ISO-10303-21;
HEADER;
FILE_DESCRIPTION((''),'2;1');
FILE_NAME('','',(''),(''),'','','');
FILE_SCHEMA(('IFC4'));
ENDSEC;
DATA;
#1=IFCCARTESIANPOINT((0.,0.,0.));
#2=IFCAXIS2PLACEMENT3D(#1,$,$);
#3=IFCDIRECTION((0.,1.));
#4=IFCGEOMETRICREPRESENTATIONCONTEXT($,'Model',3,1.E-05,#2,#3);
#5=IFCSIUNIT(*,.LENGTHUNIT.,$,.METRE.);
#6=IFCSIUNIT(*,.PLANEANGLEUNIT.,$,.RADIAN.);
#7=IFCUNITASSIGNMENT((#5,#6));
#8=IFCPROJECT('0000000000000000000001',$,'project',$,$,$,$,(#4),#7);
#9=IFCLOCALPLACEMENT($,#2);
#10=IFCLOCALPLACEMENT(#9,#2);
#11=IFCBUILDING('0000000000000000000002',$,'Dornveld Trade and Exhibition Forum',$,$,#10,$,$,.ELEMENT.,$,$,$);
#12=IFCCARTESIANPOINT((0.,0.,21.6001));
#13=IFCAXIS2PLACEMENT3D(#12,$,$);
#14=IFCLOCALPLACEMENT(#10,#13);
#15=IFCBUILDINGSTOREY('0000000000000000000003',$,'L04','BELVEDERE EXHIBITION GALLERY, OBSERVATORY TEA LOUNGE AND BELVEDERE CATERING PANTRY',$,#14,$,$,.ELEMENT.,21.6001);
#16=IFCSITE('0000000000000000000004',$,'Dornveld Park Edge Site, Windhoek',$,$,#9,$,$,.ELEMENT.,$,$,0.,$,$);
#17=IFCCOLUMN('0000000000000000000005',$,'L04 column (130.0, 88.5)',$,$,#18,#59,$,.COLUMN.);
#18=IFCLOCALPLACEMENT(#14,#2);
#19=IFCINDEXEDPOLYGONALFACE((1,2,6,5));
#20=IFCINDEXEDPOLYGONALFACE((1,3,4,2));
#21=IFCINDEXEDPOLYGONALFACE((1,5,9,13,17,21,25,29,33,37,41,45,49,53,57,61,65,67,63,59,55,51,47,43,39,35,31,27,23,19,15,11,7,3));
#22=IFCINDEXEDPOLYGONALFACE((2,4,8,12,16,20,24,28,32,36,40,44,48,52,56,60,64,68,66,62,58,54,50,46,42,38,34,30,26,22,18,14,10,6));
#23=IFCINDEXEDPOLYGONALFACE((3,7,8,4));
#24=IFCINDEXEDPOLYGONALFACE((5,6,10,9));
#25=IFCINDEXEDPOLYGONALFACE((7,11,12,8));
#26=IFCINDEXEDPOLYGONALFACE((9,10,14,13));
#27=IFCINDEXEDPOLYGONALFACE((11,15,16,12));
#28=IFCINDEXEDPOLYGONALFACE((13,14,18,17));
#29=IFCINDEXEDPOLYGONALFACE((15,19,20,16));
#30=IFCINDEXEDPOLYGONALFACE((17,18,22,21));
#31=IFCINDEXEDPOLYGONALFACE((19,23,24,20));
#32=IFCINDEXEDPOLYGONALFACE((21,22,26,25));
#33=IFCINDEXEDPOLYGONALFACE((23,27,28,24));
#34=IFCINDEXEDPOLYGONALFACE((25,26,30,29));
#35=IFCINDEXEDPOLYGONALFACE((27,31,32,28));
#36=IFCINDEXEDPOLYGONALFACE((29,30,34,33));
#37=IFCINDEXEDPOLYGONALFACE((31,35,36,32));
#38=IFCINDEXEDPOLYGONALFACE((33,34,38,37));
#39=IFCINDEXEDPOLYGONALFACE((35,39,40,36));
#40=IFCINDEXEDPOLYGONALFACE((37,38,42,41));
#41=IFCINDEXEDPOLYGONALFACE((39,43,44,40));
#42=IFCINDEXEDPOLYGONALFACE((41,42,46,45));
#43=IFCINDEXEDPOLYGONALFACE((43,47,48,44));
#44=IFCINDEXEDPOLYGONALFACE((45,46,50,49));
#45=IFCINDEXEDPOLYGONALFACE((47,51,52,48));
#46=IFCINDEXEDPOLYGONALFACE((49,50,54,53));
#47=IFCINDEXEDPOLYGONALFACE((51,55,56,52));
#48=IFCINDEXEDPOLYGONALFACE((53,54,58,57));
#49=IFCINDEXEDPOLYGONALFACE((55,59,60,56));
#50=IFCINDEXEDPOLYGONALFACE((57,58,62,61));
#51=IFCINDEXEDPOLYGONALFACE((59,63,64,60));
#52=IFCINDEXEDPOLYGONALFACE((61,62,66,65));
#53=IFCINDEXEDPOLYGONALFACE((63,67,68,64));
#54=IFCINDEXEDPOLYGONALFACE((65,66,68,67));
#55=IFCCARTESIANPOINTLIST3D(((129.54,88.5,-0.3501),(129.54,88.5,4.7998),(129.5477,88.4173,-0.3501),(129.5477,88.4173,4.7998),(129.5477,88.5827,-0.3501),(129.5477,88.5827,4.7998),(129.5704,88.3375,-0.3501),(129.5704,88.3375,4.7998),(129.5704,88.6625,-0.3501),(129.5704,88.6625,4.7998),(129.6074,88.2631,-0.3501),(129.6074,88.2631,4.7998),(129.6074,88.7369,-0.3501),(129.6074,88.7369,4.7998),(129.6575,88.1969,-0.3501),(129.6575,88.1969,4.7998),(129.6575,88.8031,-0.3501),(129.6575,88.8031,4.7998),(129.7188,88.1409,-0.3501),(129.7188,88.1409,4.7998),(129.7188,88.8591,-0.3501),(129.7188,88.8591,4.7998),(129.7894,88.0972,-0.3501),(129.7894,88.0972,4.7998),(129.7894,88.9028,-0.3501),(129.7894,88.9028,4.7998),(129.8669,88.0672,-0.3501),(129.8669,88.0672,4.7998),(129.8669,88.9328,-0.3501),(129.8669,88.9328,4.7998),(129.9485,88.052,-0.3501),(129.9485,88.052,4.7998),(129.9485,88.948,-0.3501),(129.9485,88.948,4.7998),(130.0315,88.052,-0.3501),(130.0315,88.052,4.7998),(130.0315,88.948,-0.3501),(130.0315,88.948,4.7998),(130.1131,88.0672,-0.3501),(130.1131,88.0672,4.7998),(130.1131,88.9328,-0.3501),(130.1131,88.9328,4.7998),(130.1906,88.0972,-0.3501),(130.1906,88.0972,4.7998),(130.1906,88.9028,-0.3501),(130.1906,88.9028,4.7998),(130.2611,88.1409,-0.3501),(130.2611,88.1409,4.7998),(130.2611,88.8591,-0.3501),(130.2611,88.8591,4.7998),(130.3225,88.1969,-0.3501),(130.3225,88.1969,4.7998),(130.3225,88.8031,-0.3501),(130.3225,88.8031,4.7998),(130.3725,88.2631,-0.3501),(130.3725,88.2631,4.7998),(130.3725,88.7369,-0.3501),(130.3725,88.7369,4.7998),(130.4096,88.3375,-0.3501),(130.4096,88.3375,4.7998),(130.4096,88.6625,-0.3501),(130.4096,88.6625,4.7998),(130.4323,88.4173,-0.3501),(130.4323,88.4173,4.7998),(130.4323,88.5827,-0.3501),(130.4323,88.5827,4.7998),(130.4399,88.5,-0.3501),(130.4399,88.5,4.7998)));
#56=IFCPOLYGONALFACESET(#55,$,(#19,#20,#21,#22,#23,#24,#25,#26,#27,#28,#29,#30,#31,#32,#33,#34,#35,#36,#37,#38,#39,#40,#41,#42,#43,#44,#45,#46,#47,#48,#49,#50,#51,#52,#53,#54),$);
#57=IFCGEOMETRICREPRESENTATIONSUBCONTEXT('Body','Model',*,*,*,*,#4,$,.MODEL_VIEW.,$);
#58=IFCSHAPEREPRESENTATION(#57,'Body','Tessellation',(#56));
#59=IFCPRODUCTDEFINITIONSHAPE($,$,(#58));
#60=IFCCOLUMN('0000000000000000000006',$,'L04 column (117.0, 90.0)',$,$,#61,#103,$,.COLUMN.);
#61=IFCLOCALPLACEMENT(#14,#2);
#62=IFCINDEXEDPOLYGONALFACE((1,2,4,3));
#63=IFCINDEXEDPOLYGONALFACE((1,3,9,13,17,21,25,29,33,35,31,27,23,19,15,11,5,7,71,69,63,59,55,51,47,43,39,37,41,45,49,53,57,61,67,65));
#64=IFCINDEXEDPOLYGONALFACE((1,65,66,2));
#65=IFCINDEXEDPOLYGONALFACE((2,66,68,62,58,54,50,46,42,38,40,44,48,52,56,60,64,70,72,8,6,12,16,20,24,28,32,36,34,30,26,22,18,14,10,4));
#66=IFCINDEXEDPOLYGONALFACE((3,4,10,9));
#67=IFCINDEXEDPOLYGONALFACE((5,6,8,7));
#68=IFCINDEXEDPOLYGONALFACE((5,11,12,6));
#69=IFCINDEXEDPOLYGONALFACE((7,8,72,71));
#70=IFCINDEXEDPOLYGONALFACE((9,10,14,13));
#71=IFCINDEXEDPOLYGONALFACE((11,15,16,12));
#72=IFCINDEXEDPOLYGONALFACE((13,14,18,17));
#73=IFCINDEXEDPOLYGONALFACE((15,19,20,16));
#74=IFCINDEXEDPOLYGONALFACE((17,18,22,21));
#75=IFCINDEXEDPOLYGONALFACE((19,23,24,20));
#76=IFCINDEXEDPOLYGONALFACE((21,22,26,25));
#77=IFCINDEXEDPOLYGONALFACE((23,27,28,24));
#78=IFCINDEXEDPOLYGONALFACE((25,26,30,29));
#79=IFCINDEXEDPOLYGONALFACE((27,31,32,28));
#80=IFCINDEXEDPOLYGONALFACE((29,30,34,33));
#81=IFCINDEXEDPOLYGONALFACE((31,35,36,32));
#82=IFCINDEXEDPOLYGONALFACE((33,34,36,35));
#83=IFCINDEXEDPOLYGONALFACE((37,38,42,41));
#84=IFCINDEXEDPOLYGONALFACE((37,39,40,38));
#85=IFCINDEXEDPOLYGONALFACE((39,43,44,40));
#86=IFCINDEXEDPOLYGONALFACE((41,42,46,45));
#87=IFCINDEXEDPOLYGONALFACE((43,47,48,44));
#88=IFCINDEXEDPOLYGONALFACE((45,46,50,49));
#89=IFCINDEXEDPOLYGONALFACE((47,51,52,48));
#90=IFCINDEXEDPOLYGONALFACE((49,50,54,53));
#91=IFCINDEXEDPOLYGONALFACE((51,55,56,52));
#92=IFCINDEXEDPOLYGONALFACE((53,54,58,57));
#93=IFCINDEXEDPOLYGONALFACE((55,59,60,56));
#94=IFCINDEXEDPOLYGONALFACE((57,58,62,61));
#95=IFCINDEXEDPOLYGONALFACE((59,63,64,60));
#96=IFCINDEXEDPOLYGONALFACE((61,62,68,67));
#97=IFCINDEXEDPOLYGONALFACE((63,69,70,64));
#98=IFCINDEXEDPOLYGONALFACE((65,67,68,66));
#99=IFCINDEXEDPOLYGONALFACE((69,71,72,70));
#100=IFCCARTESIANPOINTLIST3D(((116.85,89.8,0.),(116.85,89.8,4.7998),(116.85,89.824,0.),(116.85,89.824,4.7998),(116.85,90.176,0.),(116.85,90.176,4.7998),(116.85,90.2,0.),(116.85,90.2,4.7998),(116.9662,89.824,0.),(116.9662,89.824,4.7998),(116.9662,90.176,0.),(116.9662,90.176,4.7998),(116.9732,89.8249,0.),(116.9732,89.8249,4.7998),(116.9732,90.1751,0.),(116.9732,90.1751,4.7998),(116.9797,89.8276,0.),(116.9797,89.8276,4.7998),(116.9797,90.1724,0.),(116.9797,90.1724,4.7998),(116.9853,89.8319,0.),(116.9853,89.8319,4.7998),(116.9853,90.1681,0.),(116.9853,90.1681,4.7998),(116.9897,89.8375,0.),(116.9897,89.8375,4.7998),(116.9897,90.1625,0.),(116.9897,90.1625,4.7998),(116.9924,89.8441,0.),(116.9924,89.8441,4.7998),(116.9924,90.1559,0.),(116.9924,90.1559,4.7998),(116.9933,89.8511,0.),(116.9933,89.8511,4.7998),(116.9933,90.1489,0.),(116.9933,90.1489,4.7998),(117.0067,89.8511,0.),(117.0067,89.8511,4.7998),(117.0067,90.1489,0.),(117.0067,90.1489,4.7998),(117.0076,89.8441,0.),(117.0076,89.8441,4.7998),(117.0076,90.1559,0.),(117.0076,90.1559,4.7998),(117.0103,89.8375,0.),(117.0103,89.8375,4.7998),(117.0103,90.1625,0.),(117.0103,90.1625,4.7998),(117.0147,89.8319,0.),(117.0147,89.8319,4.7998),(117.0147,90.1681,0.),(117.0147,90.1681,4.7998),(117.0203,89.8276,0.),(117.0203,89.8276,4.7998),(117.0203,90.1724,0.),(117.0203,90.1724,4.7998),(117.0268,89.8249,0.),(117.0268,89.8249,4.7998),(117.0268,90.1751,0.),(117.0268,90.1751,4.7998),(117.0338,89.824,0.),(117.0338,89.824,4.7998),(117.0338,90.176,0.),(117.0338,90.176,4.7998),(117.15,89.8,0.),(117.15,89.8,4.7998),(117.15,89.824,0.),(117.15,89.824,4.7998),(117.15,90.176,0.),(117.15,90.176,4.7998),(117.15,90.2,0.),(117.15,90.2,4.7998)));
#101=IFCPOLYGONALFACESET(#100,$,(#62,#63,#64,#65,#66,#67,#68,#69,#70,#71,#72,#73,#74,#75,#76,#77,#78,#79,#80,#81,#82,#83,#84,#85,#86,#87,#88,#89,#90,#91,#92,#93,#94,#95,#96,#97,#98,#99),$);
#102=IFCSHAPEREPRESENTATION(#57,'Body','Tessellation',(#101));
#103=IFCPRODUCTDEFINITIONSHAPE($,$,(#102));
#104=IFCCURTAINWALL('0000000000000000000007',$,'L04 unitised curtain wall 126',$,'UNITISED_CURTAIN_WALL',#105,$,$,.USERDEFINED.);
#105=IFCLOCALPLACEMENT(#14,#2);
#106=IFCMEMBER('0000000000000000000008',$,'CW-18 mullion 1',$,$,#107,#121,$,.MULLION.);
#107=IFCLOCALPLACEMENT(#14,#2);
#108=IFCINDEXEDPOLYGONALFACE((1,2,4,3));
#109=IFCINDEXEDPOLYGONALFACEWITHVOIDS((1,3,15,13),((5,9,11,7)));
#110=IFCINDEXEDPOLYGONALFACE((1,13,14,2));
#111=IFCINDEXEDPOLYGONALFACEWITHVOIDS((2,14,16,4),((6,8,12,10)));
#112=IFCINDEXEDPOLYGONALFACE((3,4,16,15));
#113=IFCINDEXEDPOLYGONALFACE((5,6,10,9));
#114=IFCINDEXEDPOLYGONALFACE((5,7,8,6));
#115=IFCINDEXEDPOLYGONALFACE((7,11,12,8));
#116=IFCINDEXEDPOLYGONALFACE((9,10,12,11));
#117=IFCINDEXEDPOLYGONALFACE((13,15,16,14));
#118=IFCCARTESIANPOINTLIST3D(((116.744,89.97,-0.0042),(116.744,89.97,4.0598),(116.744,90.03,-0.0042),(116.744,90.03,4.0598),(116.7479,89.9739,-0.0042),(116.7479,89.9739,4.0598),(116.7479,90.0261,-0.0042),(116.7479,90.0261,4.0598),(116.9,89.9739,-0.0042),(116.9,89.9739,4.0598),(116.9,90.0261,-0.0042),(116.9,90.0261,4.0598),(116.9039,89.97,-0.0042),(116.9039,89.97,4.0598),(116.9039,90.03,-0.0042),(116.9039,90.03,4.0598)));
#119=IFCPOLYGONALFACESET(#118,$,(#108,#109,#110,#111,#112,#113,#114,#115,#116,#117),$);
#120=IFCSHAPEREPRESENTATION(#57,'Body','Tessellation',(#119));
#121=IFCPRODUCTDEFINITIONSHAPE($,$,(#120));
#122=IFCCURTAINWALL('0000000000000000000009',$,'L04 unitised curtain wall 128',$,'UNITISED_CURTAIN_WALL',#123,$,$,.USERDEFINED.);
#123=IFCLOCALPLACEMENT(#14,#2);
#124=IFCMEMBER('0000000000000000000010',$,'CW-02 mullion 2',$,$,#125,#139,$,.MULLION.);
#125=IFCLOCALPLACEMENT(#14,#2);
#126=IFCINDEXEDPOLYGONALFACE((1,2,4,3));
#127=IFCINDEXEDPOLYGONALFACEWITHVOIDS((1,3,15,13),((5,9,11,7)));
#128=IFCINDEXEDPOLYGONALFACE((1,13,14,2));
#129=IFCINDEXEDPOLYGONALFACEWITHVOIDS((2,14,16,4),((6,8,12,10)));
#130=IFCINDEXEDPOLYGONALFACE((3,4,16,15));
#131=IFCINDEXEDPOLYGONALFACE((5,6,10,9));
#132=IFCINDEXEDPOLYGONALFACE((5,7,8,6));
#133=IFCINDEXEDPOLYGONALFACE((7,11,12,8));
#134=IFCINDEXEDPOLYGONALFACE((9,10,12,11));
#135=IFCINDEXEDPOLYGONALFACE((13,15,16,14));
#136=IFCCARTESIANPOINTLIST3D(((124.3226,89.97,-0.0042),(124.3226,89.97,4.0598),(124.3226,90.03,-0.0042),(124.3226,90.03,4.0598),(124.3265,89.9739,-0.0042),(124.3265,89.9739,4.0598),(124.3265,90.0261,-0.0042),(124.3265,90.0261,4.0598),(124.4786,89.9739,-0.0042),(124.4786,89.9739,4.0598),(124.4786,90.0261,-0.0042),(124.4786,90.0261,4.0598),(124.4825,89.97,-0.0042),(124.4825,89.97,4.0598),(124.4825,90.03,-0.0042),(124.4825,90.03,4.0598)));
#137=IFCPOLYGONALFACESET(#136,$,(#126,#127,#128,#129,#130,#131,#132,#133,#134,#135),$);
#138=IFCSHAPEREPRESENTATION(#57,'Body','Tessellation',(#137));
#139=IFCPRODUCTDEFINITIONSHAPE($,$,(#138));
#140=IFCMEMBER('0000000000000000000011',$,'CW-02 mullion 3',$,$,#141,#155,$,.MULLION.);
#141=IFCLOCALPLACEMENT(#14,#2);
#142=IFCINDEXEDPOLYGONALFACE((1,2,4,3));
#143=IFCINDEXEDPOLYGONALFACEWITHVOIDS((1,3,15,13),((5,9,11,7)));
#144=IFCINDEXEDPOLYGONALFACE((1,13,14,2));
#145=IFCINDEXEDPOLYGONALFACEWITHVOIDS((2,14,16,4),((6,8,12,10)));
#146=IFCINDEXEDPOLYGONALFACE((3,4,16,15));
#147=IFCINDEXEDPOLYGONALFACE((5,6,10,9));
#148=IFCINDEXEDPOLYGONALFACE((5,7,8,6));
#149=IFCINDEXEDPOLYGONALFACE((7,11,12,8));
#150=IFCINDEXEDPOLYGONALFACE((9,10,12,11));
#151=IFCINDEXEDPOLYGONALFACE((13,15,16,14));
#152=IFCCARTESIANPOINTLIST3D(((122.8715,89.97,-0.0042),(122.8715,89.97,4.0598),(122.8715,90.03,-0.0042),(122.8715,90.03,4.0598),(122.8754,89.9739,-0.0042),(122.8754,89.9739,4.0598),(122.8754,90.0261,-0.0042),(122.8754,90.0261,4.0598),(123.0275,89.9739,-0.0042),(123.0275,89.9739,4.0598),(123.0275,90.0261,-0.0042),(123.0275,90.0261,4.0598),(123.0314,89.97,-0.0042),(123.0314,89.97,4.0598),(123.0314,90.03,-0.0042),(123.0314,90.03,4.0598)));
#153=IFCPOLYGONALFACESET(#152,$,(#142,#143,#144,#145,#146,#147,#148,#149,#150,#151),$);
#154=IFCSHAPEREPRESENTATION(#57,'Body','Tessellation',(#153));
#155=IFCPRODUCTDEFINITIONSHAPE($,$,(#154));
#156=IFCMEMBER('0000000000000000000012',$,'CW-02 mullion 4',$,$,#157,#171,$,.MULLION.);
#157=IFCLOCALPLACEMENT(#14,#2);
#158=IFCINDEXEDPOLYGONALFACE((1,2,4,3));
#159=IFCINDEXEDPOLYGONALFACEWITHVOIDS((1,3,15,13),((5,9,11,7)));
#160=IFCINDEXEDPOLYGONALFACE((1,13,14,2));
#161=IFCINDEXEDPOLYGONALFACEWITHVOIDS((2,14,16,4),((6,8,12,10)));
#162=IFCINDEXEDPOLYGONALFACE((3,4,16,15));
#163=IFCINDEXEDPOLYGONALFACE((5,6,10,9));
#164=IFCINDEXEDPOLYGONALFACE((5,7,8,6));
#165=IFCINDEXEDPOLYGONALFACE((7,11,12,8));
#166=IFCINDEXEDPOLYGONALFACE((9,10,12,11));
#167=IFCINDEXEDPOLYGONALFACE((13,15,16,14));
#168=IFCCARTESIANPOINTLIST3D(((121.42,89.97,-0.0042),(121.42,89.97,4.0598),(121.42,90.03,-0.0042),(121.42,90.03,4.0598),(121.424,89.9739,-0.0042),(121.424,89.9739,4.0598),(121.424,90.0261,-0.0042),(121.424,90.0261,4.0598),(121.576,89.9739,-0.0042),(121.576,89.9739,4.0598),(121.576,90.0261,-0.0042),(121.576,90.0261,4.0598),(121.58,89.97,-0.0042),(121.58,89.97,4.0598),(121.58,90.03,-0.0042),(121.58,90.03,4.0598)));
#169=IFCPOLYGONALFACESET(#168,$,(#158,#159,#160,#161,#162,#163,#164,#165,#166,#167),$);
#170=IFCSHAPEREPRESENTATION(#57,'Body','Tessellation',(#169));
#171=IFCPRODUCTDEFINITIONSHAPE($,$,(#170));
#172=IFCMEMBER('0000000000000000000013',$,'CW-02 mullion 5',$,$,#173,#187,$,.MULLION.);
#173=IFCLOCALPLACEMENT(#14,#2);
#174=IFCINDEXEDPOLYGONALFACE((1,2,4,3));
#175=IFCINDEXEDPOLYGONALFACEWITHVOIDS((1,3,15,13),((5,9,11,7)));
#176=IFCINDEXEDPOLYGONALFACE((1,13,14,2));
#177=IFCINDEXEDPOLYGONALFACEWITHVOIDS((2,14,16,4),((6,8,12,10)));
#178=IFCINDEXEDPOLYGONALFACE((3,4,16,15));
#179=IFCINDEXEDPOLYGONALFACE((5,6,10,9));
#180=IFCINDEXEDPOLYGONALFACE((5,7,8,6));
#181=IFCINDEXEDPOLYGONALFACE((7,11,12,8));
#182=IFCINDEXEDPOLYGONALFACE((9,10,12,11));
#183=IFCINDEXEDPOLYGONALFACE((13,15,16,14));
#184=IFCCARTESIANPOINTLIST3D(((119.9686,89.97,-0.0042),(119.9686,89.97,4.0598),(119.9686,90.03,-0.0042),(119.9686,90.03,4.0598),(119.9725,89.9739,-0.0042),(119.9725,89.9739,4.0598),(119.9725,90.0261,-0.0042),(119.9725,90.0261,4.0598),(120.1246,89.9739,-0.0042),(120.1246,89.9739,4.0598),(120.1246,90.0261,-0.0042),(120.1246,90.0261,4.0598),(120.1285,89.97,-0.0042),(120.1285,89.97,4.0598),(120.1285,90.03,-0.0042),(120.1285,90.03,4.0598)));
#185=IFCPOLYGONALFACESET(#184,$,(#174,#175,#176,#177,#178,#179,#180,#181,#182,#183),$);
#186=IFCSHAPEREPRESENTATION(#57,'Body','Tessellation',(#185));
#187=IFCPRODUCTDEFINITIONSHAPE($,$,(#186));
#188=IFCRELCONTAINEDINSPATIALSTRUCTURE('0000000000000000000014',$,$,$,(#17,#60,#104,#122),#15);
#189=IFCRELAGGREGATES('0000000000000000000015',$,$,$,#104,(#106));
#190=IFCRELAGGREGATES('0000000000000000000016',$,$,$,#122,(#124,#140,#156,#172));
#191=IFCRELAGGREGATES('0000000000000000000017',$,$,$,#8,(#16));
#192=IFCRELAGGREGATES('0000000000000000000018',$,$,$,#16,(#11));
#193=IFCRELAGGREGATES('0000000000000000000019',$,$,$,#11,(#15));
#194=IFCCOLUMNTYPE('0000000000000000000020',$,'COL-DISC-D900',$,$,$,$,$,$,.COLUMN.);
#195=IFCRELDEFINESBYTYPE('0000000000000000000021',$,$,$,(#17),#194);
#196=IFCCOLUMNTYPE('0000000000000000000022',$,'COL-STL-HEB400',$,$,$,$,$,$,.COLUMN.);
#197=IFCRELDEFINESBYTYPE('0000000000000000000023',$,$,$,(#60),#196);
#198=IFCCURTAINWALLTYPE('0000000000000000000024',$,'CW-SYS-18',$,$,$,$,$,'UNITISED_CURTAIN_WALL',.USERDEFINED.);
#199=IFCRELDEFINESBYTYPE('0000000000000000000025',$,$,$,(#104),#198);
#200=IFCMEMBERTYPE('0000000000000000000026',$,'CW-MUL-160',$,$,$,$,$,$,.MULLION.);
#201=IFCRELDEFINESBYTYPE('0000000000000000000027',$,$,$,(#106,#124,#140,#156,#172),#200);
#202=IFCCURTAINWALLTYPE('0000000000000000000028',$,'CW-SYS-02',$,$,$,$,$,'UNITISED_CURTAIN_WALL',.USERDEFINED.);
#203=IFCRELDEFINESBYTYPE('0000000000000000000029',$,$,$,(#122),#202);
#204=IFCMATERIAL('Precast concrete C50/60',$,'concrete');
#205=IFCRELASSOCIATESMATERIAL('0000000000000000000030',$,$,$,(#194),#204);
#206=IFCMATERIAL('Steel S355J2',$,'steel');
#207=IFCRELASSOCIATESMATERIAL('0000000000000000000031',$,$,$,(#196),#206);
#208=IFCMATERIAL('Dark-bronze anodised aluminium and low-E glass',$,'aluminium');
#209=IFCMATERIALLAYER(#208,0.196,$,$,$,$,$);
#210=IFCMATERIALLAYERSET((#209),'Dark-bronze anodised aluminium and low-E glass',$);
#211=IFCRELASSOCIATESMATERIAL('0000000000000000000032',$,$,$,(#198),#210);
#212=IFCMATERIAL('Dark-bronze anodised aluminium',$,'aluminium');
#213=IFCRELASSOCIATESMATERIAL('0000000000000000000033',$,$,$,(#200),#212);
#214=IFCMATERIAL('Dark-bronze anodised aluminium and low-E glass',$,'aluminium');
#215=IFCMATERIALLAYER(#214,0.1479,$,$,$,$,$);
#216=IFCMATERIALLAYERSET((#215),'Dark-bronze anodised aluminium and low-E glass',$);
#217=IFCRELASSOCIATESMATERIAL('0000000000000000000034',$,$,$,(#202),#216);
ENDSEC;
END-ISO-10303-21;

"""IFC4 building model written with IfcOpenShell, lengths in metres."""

from ifc_helpers import new_model, si_unit, direction, frame, origin, origin_2d, place, context, subcontext, project, spatial, hollow_rectangle, circle, i_section, extrude, material, layer, layer_set, material_profile, profile_set, type_object, element, aggregate, save


model = new_model("IFC4")

# Units and contexts
model_context = context("Model", 3, precision=1e-05, world=origin(), true_north=direction((0.0, 1.0)))
body_context = subcontext(model_context, "Body", "Model", "MODEL_VIEW")
ifc_project = project(units=[si_unit("LENGTHUNIT", "METRE"), si_unit("PLANEANGLEUNIT", "RADIAN")], contexts=[model_context])

# Site, building, storey
site_placement = place(None, origin())
site = spatial("IfcSite", under=ifc_project, at=site_placement, Name="Dornveld Park Edge Site, Windhoek", CompositionType="ELEMENT", RefElevation=0.0)
building_placement = place(site_placement, origin())
building = spatial("IfcBuilding", under=site, at=building_placement, Name="Dornveld Trade and Exhibition Forum", CompositionType="ELEMENT")
storey_placement = place(building_placement, frame((0.0, 0.0, 21.6001)))
storey = spatial("IfcBuildingStorey", under=building, at=storey_placement, Name="L04", Description="BELVEDERE EXHIBITION GALLERY, OBSERVATORY TEA LOUNGE AND BELVEDERE CATERING PANTRY", CompositionType="ELEMENT", Elevation=21.6001)

# Columns
ifc_material_1 = material(Name="Precast concrete C50/60", Category="concrete")
ifc_material_profile_1 = material_profile(ifc_material_1, circle(Radius=0.45, at=origin_2d()), Name="PC-COL D900")
ifc_profile_set_1 = profile_set([ifc_material_profile_1], Name="Precast concrete C50/60")
column_type_1 = type_object("IfcColumnType", Name="COL-DISC-D900", PredefinedType="COLUMN", material=ifc_profile_set_1)
column_1_placement = place(storey_placement, frame((129.99, 88.5, -0.3501), z_axis=(0.0, 0.0, 1.0), x_axis=(1.0, 0.0, 0.0)))
element("IfcColumn", 1, at=column_1_placement, inside=storey, type_object=column_type_1, Name="L04 column (130.0, 88.5)", PredefinedType="COLUMN", context=body_context, shape_type="SweptSolid", body=[
    extrude(circle(Radius=0.45, at=origin_2d()), origin(), (0.0, 0.0, 1.0), 5.1499),
])
ifc_material_2 = material(Name="Steel S355J2", Category="steel")
ifc_material_profile_2 = material_profile(ifc_material_2, i_section(OverallWidth=0.3, OverallDepth=0.3999, WebThickness=0.0134, FlangeThickness=0.0239, FilletRadius=0.0271, at=origin_2d()), Name="HEB 400")
ifc_profile_set_2 = profile_set([ifc_material_profile_2], Name="Steel S355J2")
column_type_2 = type_object("IfcColumnType", Name="COL-STL-HEB400", PredefinedType="COLUMN", material=ifc_profile_set_2)
column_2_placement = place(storey_placement, frame((117.0, 90.0, 0.0), z_axis=(0.0, 0.0, 1.0), x_axis=(1.0, 0.0, 0.0)))
element("IfcColumn", 2, at=column_2_placement, inside=storey, type_object=column_type_2, Name="L04 column (117.0, 90.0)", PredefinedType="COLUMN", context=body_context, shape_type="SweptSolid", body=[
    extrude(i_section(OverallWidth=0.3, OverallDepth=0.3999, WebThickness=0.0134, FlangeThickness=0.0239, FilletRadius=0.0271, at=origin_2d()), origin(), (0.0, 0.0, 1.0), 4.7998),
])

# Curtain wall, member
ifc_material_3 = material(Name="Dark-bronze anodised aluminium and low-E glass", Category="aluminium")
ifc_layer_1 = layer(ifc_material_3, 0.196)
ifc_layer_set_1 = layer_set([ifc_layer_1], Name="Dark-bronze anodised aluminium and low-E glass")
curtain_wall_type_1 = type_object("IfcCurtainWallType", Name="CW-SYS-18", ElementType="UNITISED_CURTAIN_WALL", PredefinedType="USERDEFINED", material=ifc_layer_set_1)
curtain_wall_1_placement = place(storey_placement, origin())
curtain_wall_1 = element("IfcCurtainWall", 3, at=curtain_wall_1_placement, inside=storey, type_object=curtain_wall_type_1, Name="L04 unitised curtain wall 126", ObjectType="UNITISED_CURTAIN_WALL", PredefinedType="USERDEFINED")
ifc_material_4 = material(Name="Dark-bronze anodised aluminium", Category="aluminium")
ifc_material_profile_3 = material_profile(ifc_material_4, hollow_rectangle(XDim=0.0601, YDim=0.1599, WallThickness=0.0039, at=origin_2d()), Name="RHS 160x60x4")
ifc_profile_set_3 = profile_set([ifc_material_profile_3], Name="Dark-bronze anodised aluminium")
member_type_1 = type_object("IfcMemberType", Name="CW-MUL-160", PredefinedType="MULLION", material=ifc_profile_set_3)
member_1_placement = place(storey_placement, frame((116.824, 90.0, -0.0042), z_axis=(0.0, 0.0, 1.0), x_axis=(0.0, -1.0, 0.0)))
member_1 = element("IfcMember", 4, at=member_1_placement, type_object=member_type_1, Name="CW-18 mullion 1", PredefinedType="MULLION", context=body_context, shape_type="SweptSolid", body=[
    extrude(hollow_rectangle(XDim=0.0601, YDim=0.1599, WallThickness=0.0039, at=origin_2d()), origin(), (0.0, 0.0, 1.0), 4.064),
])
aggregate(curtain_wall_1, [member_1])

# Curtain wall, members
ifc_material_5 = material(Name="Dark-bronze anodised aluminium and low-E glass", Category="aluminium")
ifc_layer_2 = layer(ifc_material_5, 0.1479)
ifc_layer_set_2 = layer_set([ifc_layer_2], Name="Dark-bronze anodised aluminium and low-E glass")
curtain_wall_type_2 = type_object("IfcCurtainWallType", Name="CW-SYS-02", ElementType="UNITISED_CURTAIN_WALL", PredefinedType="USERDEFINED", material=ifc_layer_set_2)
curtain_wall_2_placement = place(storey_placement, origin())
curtain_wall_2 = element("IfcCurtainWall", 5, at=curtain_wall_2_placement, inside=storey, type_object=curtain_wall_type_2, Name="L04 unitised curtain wall 128", ObjectType="UNITISED_CURTAIN_WALL", PredefinedType="USERDEFINED")
member_2_placement = place(storey_placement, frame((124.4026, 90.0, -0.0042), z_axis=(0.0, 0.0, 1.0), x_axis=(0.0, -1.0, 0.0)))
member_2 = element("IfcMember", 6, at=member_2_placement, type_object=member_type_1, Name="CW-02 mullion 2", PredefinedType="MULLION", context=body_context, shape_type="SweptSolid", body=[
    extrude(hollow_rectangle(XDim=0.0601, YDim=0.1599, WallThickness=0.0039, at=origin_2d()), origin(), (0.0, 0.0, 1.0), 4.064),
])
member_3_placement = place(storey_placement, frame((122.9514, 90.0, -0.0042), z_axis=(0.0, 0.0, 1.0), x_axis=(0.0, -1.0, 0.0)))
member_3 = element("IfcMember", 7, at=member_3_placement, type_object=member_type_1, Name="CW-02 mullion 3", PredefinedType="MULLION", context=body_context, shape_type="SweptSolid", body=[
    extrude(hollow_rectangle(XDim=0.0601, YDim=0.1599, WallThickness=0.0039, at=origin_2d()), origin(), (0.0, 0.0, 1.0), 4.064),
])
member_4_placement = place(storey_placement, frame((121.5, 90.0, -0.0042), z_axis=(0.0, 0.0, 1.0), x_axis=(0.0, -1.0, 0.0)))
member_4 = element("IfcMember", 8, at=member_4_placement, type_object=member_type_1, Name="CW-02 mullion 4", PredefinedType="MULLION", context=body_context, shape_type="SweptSolid", body=[
    extrude(hollow_rectangle(XDim=0.0601, YDim=0.1599, WallThickness=0.0039, at=origin_2d()), origin(), (0.0, 0.0, 1.0), 4.064),
])
member_5_placement = place(storey_placement, frame((120.0486, 90.0, -0.0042), z_axis=(0.0, 0.0, 1.0), x_axis=(0.0, -1.0, 0.0)))
member_5 = element("IfcMember", 9, at=member_5_placement, type_object=member_type_1, Name="CW-02 mullion 5", PredefinedType="MULLION", context=body_context, shape_type="SweptSolid", body=[
    extrude(hollow_rectangle(XDim=0.0601, YDim=0.1599, WallThickness=0.0039, at=origin_2d()), origin(), (0.0, 0.0, 1.0), 4.064),
])
aggregate(curtain_wall_2, [member_2, member_3, member_4, member_5])

save(model, "model.ifc")
